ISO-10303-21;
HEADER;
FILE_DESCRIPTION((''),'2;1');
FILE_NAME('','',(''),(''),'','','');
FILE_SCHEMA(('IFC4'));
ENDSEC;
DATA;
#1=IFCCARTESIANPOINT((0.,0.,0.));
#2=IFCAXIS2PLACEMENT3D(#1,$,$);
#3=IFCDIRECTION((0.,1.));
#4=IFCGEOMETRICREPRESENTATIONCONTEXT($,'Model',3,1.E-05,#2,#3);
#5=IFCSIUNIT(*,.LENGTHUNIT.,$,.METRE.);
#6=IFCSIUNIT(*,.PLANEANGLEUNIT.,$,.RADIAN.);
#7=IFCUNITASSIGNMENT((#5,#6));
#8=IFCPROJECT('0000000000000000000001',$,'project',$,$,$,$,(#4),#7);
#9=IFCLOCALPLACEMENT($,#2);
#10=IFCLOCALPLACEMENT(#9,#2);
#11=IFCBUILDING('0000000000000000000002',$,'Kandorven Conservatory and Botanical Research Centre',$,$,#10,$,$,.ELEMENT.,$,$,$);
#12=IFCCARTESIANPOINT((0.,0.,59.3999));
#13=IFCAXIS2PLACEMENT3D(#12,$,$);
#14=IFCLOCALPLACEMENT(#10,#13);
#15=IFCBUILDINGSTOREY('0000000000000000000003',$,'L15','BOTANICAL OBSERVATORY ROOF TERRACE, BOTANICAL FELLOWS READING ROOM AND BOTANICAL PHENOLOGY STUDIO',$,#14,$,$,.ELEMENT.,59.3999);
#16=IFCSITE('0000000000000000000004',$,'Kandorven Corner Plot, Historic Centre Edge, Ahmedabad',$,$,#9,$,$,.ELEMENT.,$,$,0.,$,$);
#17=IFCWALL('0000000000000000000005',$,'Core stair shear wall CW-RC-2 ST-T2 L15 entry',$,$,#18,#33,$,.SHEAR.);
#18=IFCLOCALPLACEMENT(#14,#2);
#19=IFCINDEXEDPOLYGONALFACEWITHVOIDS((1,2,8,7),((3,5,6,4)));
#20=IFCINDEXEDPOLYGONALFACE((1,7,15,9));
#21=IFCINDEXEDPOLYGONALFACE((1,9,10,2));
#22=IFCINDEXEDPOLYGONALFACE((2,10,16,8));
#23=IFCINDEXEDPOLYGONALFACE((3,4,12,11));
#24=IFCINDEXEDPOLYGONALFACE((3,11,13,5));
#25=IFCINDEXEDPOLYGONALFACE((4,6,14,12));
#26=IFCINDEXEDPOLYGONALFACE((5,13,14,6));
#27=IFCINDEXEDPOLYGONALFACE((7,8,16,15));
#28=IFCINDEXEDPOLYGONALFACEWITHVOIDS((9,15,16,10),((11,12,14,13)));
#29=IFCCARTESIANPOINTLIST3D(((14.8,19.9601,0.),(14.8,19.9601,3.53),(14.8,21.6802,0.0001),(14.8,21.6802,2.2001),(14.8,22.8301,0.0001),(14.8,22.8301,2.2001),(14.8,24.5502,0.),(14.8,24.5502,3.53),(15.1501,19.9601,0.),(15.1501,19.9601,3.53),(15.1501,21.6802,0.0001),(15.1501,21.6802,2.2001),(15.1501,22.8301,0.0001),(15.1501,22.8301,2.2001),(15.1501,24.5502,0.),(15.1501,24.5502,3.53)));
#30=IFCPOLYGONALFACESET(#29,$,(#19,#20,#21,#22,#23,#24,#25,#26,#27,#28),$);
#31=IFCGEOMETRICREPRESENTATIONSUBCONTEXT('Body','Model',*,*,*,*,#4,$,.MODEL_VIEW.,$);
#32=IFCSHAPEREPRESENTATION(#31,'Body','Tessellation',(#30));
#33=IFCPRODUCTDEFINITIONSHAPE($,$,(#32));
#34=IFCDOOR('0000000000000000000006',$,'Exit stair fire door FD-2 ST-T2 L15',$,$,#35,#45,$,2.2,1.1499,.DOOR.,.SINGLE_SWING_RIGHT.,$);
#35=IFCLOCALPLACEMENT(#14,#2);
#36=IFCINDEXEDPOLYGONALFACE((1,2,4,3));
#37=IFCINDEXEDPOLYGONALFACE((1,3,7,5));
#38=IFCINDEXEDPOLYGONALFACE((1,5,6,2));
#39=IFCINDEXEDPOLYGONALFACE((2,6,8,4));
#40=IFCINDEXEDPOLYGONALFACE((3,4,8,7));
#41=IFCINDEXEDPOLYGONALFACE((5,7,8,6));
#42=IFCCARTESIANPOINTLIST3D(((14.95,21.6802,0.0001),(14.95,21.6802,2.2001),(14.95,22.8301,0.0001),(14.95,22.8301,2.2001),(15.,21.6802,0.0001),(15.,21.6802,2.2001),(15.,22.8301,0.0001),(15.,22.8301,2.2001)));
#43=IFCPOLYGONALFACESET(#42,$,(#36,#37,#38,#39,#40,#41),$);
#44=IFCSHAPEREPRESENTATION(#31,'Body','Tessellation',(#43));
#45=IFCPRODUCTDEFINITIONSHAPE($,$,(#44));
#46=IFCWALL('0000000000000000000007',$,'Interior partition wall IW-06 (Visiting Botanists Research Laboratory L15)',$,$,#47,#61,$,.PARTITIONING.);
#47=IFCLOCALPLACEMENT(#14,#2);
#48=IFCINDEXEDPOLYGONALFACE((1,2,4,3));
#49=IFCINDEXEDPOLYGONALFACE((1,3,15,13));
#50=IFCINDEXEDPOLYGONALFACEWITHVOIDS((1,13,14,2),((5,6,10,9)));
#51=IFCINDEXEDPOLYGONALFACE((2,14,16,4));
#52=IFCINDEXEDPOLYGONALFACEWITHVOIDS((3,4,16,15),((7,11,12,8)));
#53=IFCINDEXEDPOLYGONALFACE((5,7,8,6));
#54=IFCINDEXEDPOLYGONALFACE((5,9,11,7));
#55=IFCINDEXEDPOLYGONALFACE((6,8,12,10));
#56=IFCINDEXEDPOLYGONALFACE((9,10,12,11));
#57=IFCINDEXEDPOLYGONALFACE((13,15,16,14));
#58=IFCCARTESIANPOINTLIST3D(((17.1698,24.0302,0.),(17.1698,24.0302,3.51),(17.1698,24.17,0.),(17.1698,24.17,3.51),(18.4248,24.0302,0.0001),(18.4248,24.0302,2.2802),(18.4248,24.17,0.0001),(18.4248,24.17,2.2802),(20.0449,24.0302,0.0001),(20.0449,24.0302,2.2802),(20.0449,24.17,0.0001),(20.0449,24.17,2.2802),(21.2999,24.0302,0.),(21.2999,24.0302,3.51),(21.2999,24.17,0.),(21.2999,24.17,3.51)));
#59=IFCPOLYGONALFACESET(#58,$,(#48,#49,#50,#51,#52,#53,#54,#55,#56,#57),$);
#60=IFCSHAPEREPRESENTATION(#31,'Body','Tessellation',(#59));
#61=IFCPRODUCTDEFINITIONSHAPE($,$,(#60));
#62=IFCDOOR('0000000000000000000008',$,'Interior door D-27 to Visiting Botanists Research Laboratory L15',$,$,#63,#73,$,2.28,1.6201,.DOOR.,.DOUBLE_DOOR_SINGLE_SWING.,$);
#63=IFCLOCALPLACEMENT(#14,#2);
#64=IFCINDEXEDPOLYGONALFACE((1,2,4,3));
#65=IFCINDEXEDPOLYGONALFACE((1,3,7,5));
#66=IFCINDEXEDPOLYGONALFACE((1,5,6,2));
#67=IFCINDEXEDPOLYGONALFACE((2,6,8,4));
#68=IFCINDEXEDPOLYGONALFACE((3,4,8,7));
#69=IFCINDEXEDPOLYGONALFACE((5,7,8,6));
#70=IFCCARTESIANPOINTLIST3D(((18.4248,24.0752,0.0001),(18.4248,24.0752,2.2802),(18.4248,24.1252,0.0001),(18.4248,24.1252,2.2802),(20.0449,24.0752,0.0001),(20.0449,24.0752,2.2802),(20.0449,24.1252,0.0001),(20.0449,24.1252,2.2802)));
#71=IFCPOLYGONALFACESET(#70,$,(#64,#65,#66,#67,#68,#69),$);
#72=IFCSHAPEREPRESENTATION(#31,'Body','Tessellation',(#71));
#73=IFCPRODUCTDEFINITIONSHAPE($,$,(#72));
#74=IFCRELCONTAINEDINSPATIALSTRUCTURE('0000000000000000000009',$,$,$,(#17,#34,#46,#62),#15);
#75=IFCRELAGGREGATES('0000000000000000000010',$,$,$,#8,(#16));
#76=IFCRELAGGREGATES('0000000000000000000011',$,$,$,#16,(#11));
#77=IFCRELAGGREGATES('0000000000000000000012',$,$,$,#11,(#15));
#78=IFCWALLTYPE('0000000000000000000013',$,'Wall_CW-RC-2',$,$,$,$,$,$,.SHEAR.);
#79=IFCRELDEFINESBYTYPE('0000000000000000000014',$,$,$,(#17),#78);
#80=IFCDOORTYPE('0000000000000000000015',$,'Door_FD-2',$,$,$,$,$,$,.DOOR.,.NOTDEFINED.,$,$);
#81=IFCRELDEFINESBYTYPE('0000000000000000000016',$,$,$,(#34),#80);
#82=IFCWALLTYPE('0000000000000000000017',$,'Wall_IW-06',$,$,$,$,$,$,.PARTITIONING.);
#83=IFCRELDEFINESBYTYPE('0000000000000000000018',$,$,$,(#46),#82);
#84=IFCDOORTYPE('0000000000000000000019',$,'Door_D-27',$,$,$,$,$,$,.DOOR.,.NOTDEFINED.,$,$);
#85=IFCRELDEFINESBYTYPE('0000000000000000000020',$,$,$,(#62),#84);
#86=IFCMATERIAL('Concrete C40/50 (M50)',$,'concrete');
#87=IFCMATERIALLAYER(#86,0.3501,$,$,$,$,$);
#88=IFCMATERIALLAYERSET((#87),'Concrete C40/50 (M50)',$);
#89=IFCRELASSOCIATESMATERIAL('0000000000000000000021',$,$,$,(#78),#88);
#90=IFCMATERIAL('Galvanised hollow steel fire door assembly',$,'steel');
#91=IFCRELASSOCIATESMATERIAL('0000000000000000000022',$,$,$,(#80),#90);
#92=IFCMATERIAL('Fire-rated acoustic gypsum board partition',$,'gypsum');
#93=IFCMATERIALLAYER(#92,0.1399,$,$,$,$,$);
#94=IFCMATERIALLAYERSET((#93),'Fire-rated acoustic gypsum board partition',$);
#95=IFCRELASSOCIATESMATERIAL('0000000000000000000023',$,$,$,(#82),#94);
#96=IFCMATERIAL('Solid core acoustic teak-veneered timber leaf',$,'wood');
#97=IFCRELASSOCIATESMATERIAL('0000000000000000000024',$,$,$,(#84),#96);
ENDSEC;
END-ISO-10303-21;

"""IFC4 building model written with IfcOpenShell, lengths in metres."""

from ifc_helpers import new_model, si_unit, direction, frame, frame_2d, origin, place, context, subcontext, project, spatial, rectangle, extrude, material, layer, layer_set, type_object, element, fill, save


model = new_model("IFC4")

# Units and contexts
model_context = context("Model", 3, precision=1e-05, world=origin(), true_north=direction((0.0, 1.0)))
body_context = subcontext(model_context, "Body", "Model", "MODEL_VIEW")
ifc_project = project(units=[si_unit("LENGTHUNIT", "METRE"), si_unit("PLANEANGLEUNIT", "RADIAN")], contexts=[model_context])

# Site, building, storey
site_placement = place(None, origin())
site = spatial("IfcSite", under=ifc_project, at=site_placement, Name="Kandorven Corner Plot, Historic Centre Edge, Ahmedabad", CompositionType="ELEMENT", RefElevation=0.0)
building_placement = place(site_placement, origin())
building = spatial("IfcBuilding", under=site, at=building_placement, Name="Kandorven Conservatory and Botanical Research Centre", CompositionType="ELEMENT")
storey_placement = place(building_placement, frame((0.0, 0.0, 59.3999)))
storey = spatial("IfcBuildingStorey", under=building, at=storey_placement, Name="L15", Description="BOTANICAL OBSERVATORY ROOF TERRACE, BOTANICAL FELLOWS READING ROOM AND BOTANICAL PHENOLOGY STUDIO", CompositionType="ELEMENT", Elevation=59.3999)

# Walls, openings, doors
ifc_material_1 = material(Name="Concrete C40/50 (M50)", Category="concrete")
ifc_layer_1 = layer(ifc_material_1, 0.3501)
ifc_layer_set_1 = layer_set([ifc_layer_1], Name="Concrete C40/50 (M50)")
wall_type_1 = type_object("IfcWallType", Name="Wall_CW-RC-2", PredefinedType="SHEAR", material=ifc_layer_set_1)
wall_1_placement = place(storey_placement, frame((14.9751, 24.55, 0.0), z_axis=(0.0, 0.0, 1.0), x_axis=(0.0, -1.0, 0.0)))
wall_1 = element("IfcWall", 1, at=wall_1_placement, inside=storey, type_object=wall_type_1, Name="Core stair shear wall CW-RC-2 ST-T2 L15 entry", PredefinedType="SHEAR", context=body_context, shape_type="SweptSolid", body=[
    extrude(rectangle(XDim=4.5901, YDim=0.3501, at=frame_2d((2.2949, 0.0))), origin(), (0.0, 0.0, 1.0), 3.53),
])
opening_1_placement = place(wall_1_placement, frame((1.72, 0.0, 0.0)))
opening_1 = element("IfcOpeningElement", 2, at=opening_1_placement, cuts=wall_1, PredefinedType="OPENING", context=body_context, shape_type="SweptSolid", body=[
    extrude(rectangle(XDim=1.1499, YDim=2.2, at=frame_2d((0.575, 1.1001))), frame((0.0, 0.1851, 0.0), z_axis=(0.0, -1.0, 0.0), x_axis=(1.0, 0.0, 0.0)), (0.0, 0.0, 1.0), 0.3701),
])
ifc_material_2 = material(Name="Galvanised hollow steel fire door assembly", Category="steel")
door_type_1 = type_object("IfcDoorType", Name="Door_FD-2", OperationType="NOTDEFINED", PredefinedType="DOOR", material=ifc_material_2)
door_1_placement = place(opening_1_placement, origin())
door_1 = element("IfcDoor", 3, at=door_1_placement, inside=storey, type_object=door_type_1, Name="Exit stair fire door FD-2 ST-T2 L15", OperationType="SINGLE_SWING_RIGHT", OverallHeight=2.2, OverallWidth=1.1499, PredefinedType="DOOR", context=body_context, shape_type="SweptSolid", body=[
    extrude(rectangle(XDim=1.1499, YDim=2.2, at=frame_2d((0.575, 1.1001))), frame((0.0, 0.0249, 0.0), z_axis=(0.0, -1.0, 0.0), x_axis=(1.0, 0.0, 0.0)), (0.0, 0.0, 1.0), 0.05),
])
fill(opening_1, door_1)
ifc_material_3 = material(Name="Fire-rated acoustic gypsum board partition", Category="gypsum")
ifc_layer_2 = layer(ifc_material_3, 0.1399)
ifc_layer_set_2 = layer_set([ifc_layer_2], Name="Fire-rated acoustic gypsum board partition")
wall_type_2 = type_object("IfcWallType", Name="Wall_IW-06", PredefinedType="PARTITIONING", material=ifc_layer_set_2)
wall_2_placement = place(storey_placement, frame((17.1699, 24.1001, 0.0), z_axis=(0.0, 0.0, 1.0), x_axis=(1.0, 0.0, 0.0)))
wall_2 = element("IfcWall", 4, at=wall_2_placement, inside=storey, type_object=wall_type_2, Name="Interior partition wall IW-06 (Visiting Botanists Research Laboratory L15)", PredefinedType="PARTITIONING", context=body_context, shape_type="SweptSolid", body=[
    extrude(rectangle(XDim=4.1301, YDim=0.1399, at=frame_2d((2.0649, 0.0))), origin(), (0.0, 0.0, 1.0), 3.51),
])
opening_2_placement = place(wall_2_placement, frame((1.2549, 0.0, 0.0)))
opening_2 = element("IfcOpeningElement", 5, at=opening_2_placement, cuts=wall_2, PredefinedType="OPENING", context=body_context, shape_type="SweptSolid", body=[
    extrude(rectangle(XDim=1.6201, YDim=2.28, at=frame_2d((0.8101, 1.1401))), frame((0.0, 0.0798, 0.0), z_axis=(0.0, -1.0, 0.0), x_axis=(1.0, 0.0, 0.0)), (0.0, 0.0, 1.0), 0.1599),
])
ifc_material_4 = material(Name="Solid core acoustic teak-veneered timber leaf", Category="wood")
door_type_2 = type_object("IfcDoorType", Name="Door_D-27", OperationType="NOTDEFINED", PredefinedType="DOOR", material=ifc_material_4)
door_2_placement = place(opening_2_placement, frame((1.6201, 0.0, 0.0), z_axis=(0.0, 0.0, 1.0), x_axis=(-1.0, 0.0, 0.0)))
door_2 = element("IfcDoor", 6, at=door_2_placement, inside=storey, type_object=door_type_2, Name="Interior door D-27 to Visiting Botanists Research Laboratory L15", OperationType="DOUBLE_DOOR_SINGLE_SWING", OverallHeight=2.28, OverallWidth=1.6201, PredefinedType="DOOR", context=body_context, shape_type="SweptSolid", body=[
    extrude(rectangle(XDim=1.6201, YDim=2.28, at=frame_2d((0.8101, 1.1401))), frame((0.0, 0.0249, 0.0), z_axis=(0.0, -1.0, 0.0), x_axis=(1.0, 0.0, 0.0)), (0.0, 0.0, 1.0), 0.05),
])
fill(opening_2, door_2)

save(model, "model.ifc")
